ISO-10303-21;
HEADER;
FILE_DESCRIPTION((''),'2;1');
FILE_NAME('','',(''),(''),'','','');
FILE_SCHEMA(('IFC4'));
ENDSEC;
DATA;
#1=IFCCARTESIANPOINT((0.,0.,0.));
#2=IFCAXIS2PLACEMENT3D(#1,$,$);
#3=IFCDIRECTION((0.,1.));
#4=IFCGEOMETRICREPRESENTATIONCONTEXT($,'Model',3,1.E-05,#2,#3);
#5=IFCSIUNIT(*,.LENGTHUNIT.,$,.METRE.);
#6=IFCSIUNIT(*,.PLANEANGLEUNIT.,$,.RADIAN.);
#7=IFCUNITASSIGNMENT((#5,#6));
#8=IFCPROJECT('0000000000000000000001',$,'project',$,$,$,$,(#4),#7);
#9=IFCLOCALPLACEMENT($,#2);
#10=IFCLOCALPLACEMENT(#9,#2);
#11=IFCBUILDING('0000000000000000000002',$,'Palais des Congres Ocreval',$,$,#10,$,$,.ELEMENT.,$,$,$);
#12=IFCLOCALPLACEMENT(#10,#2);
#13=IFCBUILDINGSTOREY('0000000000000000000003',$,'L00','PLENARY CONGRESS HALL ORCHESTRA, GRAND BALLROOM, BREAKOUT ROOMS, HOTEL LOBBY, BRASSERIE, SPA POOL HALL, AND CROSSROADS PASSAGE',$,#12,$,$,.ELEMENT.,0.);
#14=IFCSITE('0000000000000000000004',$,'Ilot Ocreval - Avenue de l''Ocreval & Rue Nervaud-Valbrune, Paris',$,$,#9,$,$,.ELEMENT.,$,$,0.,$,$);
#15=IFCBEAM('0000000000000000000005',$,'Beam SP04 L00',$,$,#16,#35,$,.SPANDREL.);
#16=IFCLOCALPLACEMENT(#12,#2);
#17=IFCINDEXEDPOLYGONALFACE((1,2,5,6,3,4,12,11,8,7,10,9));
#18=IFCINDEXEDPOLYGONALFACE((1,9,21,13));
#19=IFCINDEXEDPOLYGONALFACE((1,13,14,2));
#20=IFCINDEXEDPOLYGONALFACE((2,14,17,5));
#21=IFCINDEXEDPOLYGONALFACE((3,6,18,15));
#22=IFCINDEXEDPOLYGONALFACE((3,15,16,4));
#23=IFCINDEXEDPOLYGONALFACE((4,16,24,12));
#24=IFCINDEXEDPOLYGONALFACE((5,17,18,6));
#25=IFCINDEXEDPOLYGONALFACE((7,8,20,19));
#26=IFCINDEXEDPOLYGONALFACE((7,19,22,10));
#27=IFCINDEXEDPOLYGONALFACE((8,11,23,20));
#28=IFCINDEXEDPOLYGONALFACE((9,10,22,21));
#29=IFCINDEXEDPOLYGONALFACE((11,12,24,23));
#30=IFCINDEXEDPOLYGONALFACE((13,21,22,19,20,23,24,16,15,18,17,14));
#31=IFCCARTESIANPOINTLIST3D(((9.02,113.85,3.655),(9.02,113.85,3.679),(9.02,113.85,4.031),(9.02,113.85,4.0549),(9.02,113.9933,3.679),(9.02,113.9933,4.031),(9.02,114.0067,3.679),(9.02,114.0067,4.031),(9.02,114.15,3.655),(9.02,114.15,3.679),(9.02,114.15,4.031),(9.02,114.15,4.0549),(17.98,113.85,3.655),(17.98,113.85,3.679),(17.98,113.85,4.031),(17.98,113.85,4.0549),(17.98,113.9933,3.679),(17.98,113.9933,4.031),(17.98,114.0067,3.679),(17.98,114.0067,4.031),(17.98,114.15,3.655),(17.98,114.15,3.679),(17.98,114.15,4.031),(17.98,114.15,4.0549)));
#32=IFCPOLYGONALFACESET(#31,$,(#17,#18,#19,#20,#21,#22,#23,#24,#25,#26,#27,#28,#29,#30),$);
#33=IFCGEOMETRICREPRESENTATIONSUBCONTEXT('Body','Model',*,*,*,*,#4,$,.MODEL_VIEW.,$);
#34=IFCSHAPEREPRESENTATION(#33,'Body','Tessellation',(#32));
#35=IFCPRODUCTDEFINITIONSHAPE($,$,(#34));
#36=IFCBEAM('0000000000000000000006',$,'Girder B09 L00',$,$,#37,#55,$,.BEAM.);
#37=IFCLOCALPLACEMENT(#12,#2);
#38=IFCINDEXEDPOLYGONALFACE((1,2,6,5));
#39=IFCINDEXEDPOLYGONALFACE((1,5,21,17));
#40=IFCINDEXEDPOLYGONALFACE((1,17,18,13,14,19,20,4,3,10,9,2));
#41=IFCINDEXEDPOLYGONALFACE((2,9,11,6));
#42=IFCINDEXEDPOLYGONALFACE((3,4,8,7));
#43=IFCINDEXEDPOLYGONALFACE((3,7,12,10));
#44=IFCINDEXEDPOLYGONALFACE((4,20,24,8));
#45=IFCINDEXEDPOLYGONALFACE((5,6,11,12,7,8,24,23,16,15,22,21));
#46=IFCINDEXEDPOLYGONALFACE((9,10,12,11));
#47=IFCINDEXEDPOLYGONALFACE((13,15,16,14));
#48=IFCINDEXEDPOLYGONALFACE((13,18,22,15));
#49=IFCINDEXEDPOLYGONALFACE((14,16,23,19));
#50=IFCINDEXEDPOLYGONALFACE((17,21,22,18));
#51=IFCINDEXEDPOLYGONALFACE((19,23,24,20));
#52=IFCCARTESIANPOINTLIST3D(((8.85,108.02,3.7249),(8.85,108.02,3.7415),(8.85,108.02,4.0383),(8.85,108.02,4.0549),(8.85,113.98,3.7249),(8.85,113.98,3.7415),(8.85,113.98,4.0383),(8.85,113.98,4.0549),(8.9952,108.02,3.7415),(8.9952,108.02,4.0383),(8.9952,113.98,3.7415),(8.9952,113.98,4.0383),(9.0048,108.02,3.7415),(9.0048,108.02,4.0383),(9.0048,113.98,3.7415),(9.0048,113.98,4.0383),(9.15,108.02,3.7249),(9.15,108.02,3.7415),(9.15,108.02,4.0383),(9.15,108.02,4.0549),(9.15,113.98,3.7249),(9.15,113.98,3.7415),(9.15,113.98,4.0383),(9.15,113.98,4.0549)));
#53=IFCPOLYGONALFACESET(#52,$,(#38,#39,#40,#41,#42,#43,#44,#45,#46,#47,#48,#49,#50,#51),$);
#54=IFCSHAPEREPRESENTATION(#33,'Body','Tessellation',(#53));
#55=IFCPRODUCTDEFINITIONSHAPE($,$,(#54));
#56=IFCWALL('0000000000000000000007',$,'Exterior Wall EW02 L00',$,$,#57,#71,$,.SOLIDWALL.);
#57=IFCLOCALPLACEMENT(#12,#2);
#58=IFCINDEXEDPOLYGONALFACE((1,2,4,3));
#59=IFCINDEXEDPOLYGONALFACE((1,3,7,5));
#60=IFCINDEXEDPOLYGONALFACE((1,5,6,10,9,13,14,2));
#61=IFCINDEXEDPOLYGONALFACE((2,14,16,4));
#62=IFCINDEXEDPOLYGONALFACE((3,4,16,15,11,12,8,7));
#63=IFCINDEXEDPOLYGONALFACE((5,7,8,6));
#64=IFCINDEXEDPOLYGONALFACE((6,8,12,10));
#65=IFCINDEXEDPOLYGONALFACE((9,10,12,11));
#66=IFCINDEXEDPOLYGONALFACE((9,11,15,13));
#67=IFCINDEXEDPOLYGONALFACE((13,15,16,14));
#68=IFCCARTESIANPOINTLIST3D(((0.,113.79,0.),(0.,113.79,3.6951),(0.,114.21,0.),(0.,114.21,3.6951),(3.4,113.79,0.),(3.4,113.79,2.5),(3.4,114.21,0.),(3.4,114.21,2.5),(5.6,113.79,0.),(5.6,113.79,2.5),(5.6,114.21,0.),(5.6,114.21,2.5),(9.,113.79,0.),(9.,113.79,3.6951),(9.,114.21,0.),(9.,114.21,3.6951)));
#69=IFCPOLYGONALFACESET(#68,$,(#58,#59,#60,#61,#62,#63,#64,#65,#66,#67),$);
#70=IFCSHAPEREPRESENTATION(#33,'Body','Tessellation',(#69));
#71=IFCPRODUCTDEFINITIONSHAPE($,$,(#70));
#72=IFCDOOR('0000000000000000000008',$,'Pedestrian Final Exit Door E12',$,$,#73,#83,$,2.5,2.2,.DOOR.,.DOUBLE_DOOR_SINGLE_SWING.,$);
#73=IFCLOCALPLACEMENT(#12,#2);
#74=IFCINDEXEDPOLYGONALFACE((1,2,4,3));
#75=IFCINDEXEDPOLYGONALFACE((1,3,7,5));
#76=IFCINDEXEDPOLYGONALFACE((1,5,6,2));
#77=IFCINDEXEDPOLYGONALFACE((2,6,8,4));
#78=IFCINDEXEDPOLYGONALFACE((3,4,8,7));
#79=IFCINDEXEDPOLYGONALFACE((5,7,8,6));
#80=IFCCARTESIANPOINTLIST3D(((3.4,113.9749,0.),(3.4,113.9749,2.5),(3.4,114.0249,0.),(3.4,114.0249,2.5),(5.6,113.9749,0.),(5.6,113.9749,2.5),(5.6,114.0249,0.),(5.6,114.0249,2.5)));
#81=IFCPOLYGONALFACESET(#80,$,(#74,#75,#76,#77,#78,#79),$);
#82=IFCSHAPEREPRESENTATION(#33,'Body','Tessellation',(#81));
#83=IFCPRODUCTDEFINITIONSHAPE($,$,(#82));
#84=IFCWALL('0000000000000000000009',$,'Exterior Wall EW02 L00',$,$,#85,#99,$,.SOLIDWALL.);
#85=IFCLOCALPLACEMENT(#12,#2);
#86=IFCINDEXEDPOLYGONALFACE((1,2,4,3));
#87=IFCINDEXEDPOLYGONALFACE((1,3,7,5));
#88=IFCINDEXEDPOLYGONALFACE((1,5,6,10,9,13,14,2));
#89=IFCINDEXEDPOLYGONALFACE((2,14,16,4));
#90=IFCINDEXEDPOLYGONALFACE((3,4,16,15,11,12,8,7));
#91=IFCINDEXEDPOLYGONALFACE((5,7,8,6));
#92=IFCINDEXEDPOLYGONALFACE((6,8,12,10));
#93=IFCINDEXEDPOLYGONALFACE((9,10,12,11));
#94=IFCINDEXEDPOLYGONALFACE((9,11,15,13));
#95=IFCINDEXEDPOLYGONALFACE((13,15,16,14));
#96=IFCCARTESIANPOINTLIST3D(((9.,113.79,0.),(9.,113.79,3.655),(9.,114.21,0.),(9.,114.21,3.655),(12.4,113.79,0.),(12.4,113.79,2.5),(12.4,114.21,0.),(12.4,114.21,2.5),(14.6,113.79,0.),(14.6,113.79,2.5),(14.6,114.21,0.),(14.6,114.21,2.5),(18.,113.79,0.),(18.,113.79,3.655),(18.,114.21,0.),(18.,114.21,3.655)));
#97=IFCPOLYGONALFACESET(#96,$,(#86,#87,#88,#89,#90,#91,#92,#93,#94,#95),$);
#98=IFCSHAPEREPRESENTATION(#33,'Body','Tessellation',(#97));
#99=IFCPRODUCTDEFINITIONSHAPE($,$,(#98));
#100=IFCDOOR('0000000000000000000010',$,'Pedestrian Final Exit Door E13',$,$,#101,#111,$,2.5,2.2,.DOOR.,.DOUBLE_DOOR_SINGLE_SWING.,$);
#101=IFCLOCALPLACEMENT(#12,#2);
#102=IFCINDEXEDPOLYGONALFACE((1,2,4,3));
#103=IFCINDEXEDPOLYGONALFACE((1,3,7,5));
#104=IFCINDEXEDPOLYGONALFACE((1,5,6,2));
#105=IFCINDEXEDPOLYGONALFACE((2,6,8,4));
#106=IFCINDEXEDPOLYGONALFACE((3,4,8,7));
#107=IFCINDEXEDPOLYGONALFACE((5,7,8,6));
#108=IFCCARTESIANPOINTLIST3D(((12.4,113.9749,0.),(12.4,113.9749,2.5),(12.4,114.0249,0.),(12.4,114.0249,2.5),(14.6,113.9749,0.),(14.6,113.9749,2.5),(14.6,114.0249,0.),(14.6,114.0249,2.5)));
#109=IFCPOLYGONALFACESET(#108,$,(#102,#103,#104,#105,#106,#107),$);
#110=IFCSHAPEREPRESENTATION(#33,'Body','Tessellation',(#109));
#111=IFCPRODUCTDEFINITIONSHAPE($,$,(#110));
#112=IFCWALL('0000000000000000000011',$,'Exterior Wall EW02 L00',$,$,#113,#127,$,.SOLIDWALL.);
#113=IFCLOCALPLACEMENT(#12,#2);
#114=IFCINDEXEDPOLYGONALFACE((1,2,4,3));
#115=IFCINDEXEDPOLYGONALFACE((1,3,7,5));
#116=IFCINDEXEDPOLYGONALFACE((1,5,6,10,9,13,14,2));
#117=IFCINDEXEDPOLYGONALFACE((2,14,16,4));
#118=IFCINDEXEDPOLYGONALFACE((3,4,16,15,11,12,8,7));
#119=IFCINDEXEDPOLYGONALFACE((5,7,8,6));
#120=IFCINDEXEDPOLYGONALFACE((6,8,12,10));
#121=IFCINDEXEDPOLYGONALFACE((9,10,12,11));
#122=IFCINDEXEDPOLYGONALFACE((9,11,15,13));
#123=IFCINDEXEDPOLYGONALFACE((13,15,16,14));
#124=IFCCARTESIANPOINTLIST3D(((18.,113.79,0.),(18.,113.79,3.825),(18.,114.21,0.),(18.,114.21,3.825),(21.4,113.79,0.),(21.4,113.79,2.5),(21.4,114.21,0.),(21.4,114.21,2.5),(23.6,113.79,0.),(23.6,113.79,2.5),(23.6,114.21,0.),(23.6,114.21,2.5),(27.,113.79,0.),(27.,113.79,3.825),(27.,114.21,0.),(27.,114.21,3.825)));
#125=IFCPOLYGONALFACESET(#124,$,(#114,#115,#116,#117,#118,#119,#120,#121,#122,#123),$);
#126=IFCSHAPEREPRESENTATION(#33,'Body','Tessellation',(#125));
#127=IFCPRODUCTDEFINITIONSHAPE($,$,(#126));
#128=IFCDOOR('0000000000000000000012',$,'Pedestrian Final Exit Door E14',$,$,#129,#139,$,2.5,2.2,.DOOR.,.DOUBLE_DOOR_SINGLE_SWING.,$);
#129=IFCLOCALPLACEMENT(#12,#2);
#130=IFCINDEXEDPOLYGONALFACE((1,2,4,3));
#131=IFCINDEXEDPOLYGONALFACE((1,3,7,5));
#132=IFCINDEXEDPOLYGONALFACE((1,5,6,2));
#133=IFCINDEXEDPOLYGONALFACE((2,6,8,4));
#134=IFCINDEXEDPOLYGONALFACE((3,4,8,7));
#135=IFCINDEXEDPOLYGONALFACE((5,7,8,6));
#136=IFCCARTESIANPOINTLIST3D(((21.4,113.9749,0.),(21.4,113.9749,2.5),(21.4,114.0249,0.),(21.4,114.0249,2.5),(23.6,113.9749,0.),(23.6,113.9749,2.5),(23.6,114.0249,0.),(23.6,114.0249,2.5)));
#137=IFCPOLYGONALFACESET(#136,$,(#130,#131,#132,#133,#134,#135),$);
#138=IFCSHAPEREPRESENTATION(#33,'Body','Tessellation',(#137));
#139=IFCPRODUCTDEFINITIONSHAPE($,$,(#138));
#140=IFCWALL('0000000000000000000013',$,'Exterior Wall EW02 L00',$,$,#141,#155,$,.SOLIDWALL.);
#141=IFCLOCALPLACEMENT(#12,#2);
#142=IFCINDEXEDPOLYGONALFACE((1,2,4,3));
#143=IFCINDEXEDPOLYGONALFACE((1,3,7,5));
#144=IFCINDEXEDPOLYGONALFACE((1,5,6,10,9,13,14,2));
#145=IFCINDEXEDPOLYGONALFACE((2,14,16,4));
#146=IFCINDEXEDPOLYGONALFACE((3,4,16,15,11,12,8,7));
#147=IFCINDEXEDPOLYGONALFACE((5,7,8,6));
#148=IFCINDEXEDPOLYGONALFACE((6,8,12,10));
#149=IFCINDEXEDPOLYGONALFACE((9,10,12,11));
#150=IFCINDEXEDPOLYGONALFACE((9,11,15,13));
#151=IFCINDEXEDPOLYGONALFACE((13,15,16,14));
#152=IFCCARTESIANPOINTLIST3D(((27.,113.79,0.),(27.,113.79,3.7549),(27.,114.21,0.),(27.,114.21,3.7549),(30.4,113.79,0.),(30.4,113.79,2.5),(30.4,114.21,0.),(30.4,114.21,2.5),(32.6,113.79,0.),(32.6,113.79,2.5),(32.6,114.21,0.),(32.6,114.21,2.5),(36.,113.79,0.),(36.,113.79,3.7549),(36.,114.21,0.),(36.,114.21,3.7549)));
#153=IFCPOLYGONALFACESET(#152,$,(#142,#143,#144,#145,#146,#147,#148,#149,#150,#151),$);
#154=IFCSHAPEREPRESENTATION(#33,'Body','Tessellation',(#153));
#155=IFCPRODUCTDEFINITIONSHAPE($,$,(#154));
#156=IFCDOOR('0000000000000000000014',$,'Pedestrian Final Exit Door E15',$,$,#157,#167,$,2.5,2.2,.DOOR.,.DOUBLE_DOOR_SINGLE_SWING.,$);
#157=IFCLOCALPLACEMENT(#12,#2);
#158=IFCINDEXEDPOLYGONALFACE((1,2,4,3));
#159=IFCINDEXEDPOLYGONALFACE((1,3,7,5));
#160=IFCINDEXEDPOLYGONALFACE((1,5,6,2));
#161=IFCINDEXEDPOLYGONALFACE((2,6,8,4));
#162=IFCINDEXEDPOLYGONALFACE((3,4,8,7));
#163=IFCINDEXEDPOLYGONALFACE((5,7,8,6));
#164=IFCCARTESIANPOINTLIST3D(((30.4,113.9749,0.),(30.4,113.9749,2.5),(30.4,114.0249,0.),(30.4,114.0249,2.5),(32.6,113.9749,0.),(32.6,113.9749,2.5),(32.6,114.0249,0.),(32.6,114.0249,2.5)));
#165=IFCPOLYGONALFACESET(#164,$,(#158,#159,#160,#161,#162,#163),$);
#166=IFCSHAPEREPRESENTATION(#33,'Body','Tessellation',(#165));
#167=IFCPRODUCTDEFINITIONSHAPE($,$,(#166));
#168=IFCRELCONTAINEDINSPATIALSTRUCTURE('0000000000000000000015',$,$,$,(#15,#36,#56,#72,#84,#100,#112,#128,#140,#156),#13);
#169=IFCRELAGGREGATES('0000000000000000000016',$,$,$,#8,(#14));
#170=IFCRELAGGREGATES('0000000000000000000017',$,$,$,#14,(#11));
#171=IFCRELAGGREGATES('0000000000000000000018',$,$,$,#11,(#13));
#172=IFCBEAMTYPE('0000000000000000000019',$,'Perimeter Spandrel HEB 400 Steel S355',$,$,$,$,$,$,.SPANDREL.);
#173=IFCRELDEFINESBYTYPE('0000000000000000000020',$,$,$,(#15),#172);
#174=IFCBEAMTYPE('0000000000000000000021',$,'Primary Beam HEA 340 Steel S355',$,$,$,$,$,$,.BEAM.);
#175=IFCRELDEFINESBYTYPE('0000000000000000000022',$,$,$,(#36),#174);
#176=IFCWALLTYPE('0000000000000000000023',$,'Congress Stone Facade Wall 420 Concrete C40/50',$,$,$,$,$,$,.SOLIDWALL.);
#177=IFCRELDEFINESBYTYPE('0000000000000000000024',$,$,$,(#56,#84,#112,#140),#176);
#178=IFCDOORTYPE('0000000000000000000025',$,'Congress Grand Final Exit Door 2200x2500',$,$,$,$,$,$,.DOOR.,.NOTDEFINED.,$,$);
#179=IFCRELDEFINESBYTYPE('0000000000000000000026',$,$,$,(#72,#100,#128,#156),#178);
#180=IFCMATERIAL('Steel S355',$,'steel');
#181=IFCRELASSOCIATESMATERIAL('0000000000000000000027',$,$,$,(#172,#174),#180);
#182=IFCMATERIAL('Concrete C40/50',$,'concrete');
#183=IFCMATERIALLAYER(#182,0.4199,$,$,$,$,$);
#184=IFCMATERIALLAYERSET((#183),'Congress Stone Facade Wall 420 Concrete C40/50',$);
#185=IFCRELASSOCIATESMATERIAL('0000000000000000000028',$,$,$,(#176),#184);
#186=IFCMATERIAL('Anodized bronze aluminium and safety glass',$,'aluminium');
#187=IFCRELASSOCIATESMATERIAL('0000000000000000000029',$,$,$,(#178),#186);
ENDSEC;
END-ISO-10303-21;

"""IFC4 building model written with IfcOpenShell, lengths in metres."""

from ifc_helpers import new_model, si_unit, direction, frame, frame_2d, origin, origin_2d, place, context, subcontext, project, spatial, rectangle, i_section, extrude, material, layer, layer_set, material_profile, profile_set, type_object, element, fill, save


model = new_model("IFC4")

# Units and contexts
model_context = context("Model", 3, precision=1e-05, world=origin(), true_north=direction((0.0, 1.0)))
body_context = subcontext(model_context, "Body", "Model", "MODEL_VIEW")
ifc_project = project(units=[si_unit("LENGTHUNIT", "METRE"), si_unit("PLANEANGLEUNIT", "RADIAN")], contexts=[model_context])

# Site, building, storey
site_placement = place(None, origin())
site = spatial("IfcSite", under=ifc_project, at=site_placement, Name="Ilot Ocreval - Avenue de l'Ocreval & Rue Nervaud-Valbrune, Paris", CompositionType="ELEMENT", RefElevation=0.0)
building_placement = place(site_placement, origin())
building = spatial("IfcBuilding", under=site, at=building_placement, Name="Palais des Congres Ocreval", CompositionType="ELEMENT")
storey_placement = place(building_placement, origin())
storey = spatial("IfcBuildingStorey", under=building, at=storey_placement, Name="L00", Description="PLENARY CONGRESS HALL ORCHESTRA, GRAND BALLROOM, BREAKOUT ROOMS, HOTEL LOBBY, BRASSERIE, SPA POOL HALL, AND CROSSROADS PASSAGE", CompositionType="ELEMENT", Elevation=0.0)

# Shared definitions
ifc_material_1 = material(Name="Steel S355", Category="steel")

# Beams
ifc_material_profile_1 = material_profile(ifc_material_1, i_section(OverallWidth=0.3, OverallDepth=0.3999, WebThickness=0.0134, FlangeThickness=0.0239, at=origin_2d()), Name="HEB 400")
ifc_profile_set_1 = profile_set([ifc_material_profile_1], Name="Steel S355")
beam_type_1 = type_object("IfcBeamType", Name="Perimeter Spandrel HEB 400 Steel S355", PredefinedType="SPANDREL", material=ifc_profile_set_1)
beam_1_placement = place(storey_placement, frame((9.02, 114.0, 3.855), z_axis=(1.0, 0.0, 0.0), x_axis=(0.0, 1.0, 0.0)))
element("IfcBeam", 1, at=beam_1_placement, inside=storey, type_object=beam_type_1, Name="Beam SP04 L00", PredefinedType="SPANDREL", context=body_context, shape_type="SweptSolid", body=[
    extrude(i_section(OverallWidth=0.3, OverallDepth=0.3999, WebThickness=0.0134, FlangeThickness=0.0239, at=origin_2d()), origin(), (0.0, 0.0, 1.0), 8.96),
])
ifc_material_profile_2 = material_profile(ifc_material_1, i_section(OverallWidth=0.3, OverallDepth=0.3301, WebThickness=0.0095, FlangeThickness=0.0166, at=origin_2d()), Name="HEA 340")
ifc_profile_set_2 = profile_set([ifc_material_profile_2], Name="Steel S355")
beam_type_2 = type_object("IfcBeamType", Name="Primary Beam HEA 340 Steel S355", PredefinedType="BEAM", material=ifc_profile_set_2)
beam_2_placement = place(storey_placement, frame((9.0, 108.02, 3.8899), z_axis=(0.0, 1.0, 0.0), x_axis=(-1.0, 0.0, 0.0)))
element("IfcBeam", 2, at=beam_2_placement, inside=storey, type_object=beam_type_2, Name="Girder B09 L00", PredefinedType="BEAM", context=body_context, shape_type="SweptSolid", body=[
    extrude(i_section(OverallWidth=0.3, OverallDepth=0.3301, WebThickness=0.0095, FlangeThickness=0.0166, at=origin_2d()), origin(), (0.0, 0.0, 1.0), 5.96),
])

# Walls, openings, doors
ifc_material_2 = material(Name="Concrete C40/50", Category="concrete")
ifc_layer_1 = layer(ifc_material_2, 0.4199)
ifc_layer_set_1 = layer_set([ifc_layer_1], Name="Congress Stone Facade Wall 420 Concrete C40/50")
wall_type = type_object("IfcWallType", Name="Congress Stone Facade Wall 420 Concrete C40/50", PredefinedType="SOLIDWALL", material=ifc_layer_set_1)
wall_1_placement = place(storey_placement, frame((0.0, 114.0, 0.0), z_axis=(0.0, 0.0, 1.0), x_axis=(1.0, 0.0, 0.0)))
wall_1 = element("IfcWall", 3, at=wall_1_placement, inside=storey, type_object=wall_type, Name="Exterior Wall EW02 L00", PredefinedType="SOLIDWALL", context=body_context, shape_type="SweptSolid", body=[
    extrude(rectangle(XDim=9.0, YDim=0.4199, at=frame_2d((4.5, 0.0))), origin(), (0.0, 0.0, 1.0), 3.6951),
])
opening_1_placement = place(wall_1_placement, frame((3.3999, 0.0, 0.0)))
opening_1 = element("IfcOpeningElement", 4, at=opening_1_placement, cuts=wall_1, PredefinedType="OPENING", context=body_context, shape_type="SweptSolid", body=[
    extrude(rectangle(XDim=2.2, YDim=2.5, at=frame_2d((1.1001, 1.25))), frame((0.0, 0.22, 0.0), z_axis=(0.0, -1.0, 0.0), x_axis=(1.0, 0.0, 0.0)), (0.0, 0.0, 1.0), 0.4399),
])
ifc_material_3 = material(Name="Anodized bronze aluminium and safety glass", Category="aluminium")
door_type = type_object("IfcDoorType", Name="Congress Grand Final Exit Door 2200x2500", OperationType="NOTDEFINED", PredefinedType="DOOR", material=ifc_material_3)
door_1_placement = place(opening_1_placement, origin())
door_1 = element("IfcDoor", 5, at=door_1_placement, inside=storey, type_object=door_type, Name="Pedestrian Final Exit Door E12", OperationType="DOUBLE_DOOR_SINGLE_SWING", OverallHeight=2.5, OverallWidth=2.2, PredefinedType="DOOR", context=body_context, shape_type="SweptSolid", body=[
    extrude(rectangle(XDim=2.2, YDim=2.5, at=frame_2d((1.1001, 1.25))), frame((0.0, 0.0249, 0.0), z_axis=(0.0, -1.0, 0.0), x_axis=(1.0, 0.0, 0.0)), (0.0, 0.0, 1.0), 0.05),
])
fill(opening_1, door_1)
wall_2_placement = place(storey_placement, frame((9.0, 114.0, 0.0), z_axis=(0.0, 0.0, 1.0), x_axis=(1.0, 0.0, 0.0)))
wall_2 = element("IfcWall", 6, at=wall_2_placement, inside=storey, type_object=wall_type, Name="Exterior Wall EW02 L00", PredefinedType="SOLIDWALL", context=body_context, shape_type="SweptSolid", body=[
    extrude(rectangle(XDim=9.0, YDim=0.4199, at=frame_2d((4.5, 0.0))), origin(), (0.0, 0.0, 1.0), 3.655),
])
opening_2_placement = place(wall_2_placement, frame((3.3999, 0.0, 0.0)))
opening_2 = element("IfcOpeningElement", 7, at=opening_2_placement, cuts=wall_2, PredefinedType="OPENING", context=body_context, shape_type="SweptSolid", body=[
    extrude(rectangle(XDim=2.2, YDim=2.5, at=frame_2d((1.1001, 1.25))), frame((0.0, 0.22, 0.0), z_axis=(0.0, -1.0, 0.0), x_axis=(1.0, 0.0, 0.0)), (0.0, 0.0, 1.0), 0.4399),
])
door_2_placement = place(opening_2_placement, origin())
door_2 = element("IfcDoor", 8, at=door_2_placement, inside=storey, type_object=door_type, Name="Pedestrian Final Exit Door E13", OperationType="DOUBLE_DOOR_SINGLE_SWING", OverallHeight=2.5, OverallWidth=2.2, PredefinedType="DOOR", context=body_context, shape_type="SweptSolid", body=[
    extrude(rectangle(XDim=2.2, YDim=2.5, at=frame_2d((1.1001, 1.25))), frame((0.0, 0.0249, 0.0), z_axis=(0.0, -1.0, 0.0), x_axis=(1.0, 0.0, 0.0)), (0.0, 0.0, 1.0), 0.05),
])
fill(opening_2, door_2)
wall_3_placement = place(storey_placement, frame((18.0, 114.0, 0.0), z_axis=(0.0, 0.0, 1.0), x_axis=(1.0, 0.0, 0.0)))
wall_3 = element("IfcWall", 9, at=wall_3_placement, inside=storey, type_object=wall_type, Name="Exterior Wall EW02 L00", PredefinedType="SOLIDWALL", context=body_context, shape_type="SweptSolid", body=[
    extrude(rectangle(XDim=9.0, YDim=0.4199, at=frame_2d((4.5, 0.0))), origin(), (0.0, 0.0, 1.0), 3.825),
])
opening_3_placement = place(wall_3_placement, frame((3.3999, 0.0, 0.0)))
opening_3 = element("IfcOpeningElement", 10, at=opening_3_placement, cuts=wall_3, PredefinedType="OPENING", context=body_context, shape_type="SweptSolid", body=[
    extrude(rectangle(XDim=2.2, YDim=2.5, at=frame_2d((1.1001, 1.25))), frame((0.0, 0.22, 0.0), z_axis=(0.0, -1.0, 0.0), x_axis=(1.0, 0.0, 0.0)), (0.0, 0.0, 1.0), 0.4399),
])
door_3_placement = place(opening_3_placement, origin())
door_3 = element("IfcDoor", 11, at=door_3_placement, inside=storey, type_object=door_type, Name="Pedestrian Final Exit Door E14", OperationType="DOUBLE_DOOR_SINGLE_SWING", OverallHeight=2.5, OverallWidth=2.2, PredefinedType="DOOR", context=body_context, shape_type="SweptSolid", body=[
    extrude(rectangle(XDim=2.2, YDim=2.5, at=frame_2d((1.1001, 1.25))), frame((0.0, 0.0249, 0.0), z_axis=(0.0, -1.0, 0.0), x_axis=(1.0, 0.0, 0.0)), (0.0, 0.0, 1.0), 0.05),
])
fill(opening_3, door_3)
wall_4_placement = place(storey_placement, frame((27.0, 114.0, 0.0), z_axis=(0.0, 0.0, 1.0), x_axis=(1.0, 0.0, 0.0)))
wall_4 = element("IfcWall", 12, at=wall_4_placement, inside=storey, type_object=wall_type, Name="Exterior Wall EW02 L00", PredefinedType="SOLIDWALL", context=body_context, shape_type="SweptSolid", body=[
    extrude(rectangle(XDim=9.0, YDim=0.4199, at=frame_2d((4.5, 0.0))), origin(), (0.0, 0.0, 1.0), 3.7549),
])
opening_4_placement = place(wall_4_placement, frame((3.3999, 0.0, 0.0)))
opening_4 = element("IfcOpeningElement", 13, at=opening_4_placement, cuts=wall_4, PredefinedType="OPENING", context=body_context, shape_type="SweptSolid", body=[
    extrude(rectangle(XDim=2.2, YDim=2.5, at=frame_2d((1.1001, 1.25))), frame((0.0, 0.22, 0.0), z_axis=(0.0, -1.0, 0.0), x_axis=(1.0, 0.0, 0.0)), (0.0, 0.0, 1.0), 0.4399),
])
door_4_placement = place(opening_4_placement, origin())
door_4 = element("IfcDoor", 14, at=door_4_placement, inside=storey, type_object=door_type, Name="Pedestrian Final Exit Door E15", OperationType="DOUBLE_DOOR_SINGLE_SWING", OverallHeight=2.5, OverallWidth=2.2, PredefinedType="DOOR", context=body_context, shape_type="SweptSolid", body=[
    extrude(rectangle(XDim=2.2, YDim=2.5, at=frame_2d((1.1001, 1.25))), frame((0.0, 0.0249, 0.0), z_axis=(0.0, -1.0, 0.0), x_axis=(1.0, 0.0, 0.0)), (0.0, 0.0, 1.0), 0.05),
])
fill(opening_4, door_4)

save(model, "model.ifc")
